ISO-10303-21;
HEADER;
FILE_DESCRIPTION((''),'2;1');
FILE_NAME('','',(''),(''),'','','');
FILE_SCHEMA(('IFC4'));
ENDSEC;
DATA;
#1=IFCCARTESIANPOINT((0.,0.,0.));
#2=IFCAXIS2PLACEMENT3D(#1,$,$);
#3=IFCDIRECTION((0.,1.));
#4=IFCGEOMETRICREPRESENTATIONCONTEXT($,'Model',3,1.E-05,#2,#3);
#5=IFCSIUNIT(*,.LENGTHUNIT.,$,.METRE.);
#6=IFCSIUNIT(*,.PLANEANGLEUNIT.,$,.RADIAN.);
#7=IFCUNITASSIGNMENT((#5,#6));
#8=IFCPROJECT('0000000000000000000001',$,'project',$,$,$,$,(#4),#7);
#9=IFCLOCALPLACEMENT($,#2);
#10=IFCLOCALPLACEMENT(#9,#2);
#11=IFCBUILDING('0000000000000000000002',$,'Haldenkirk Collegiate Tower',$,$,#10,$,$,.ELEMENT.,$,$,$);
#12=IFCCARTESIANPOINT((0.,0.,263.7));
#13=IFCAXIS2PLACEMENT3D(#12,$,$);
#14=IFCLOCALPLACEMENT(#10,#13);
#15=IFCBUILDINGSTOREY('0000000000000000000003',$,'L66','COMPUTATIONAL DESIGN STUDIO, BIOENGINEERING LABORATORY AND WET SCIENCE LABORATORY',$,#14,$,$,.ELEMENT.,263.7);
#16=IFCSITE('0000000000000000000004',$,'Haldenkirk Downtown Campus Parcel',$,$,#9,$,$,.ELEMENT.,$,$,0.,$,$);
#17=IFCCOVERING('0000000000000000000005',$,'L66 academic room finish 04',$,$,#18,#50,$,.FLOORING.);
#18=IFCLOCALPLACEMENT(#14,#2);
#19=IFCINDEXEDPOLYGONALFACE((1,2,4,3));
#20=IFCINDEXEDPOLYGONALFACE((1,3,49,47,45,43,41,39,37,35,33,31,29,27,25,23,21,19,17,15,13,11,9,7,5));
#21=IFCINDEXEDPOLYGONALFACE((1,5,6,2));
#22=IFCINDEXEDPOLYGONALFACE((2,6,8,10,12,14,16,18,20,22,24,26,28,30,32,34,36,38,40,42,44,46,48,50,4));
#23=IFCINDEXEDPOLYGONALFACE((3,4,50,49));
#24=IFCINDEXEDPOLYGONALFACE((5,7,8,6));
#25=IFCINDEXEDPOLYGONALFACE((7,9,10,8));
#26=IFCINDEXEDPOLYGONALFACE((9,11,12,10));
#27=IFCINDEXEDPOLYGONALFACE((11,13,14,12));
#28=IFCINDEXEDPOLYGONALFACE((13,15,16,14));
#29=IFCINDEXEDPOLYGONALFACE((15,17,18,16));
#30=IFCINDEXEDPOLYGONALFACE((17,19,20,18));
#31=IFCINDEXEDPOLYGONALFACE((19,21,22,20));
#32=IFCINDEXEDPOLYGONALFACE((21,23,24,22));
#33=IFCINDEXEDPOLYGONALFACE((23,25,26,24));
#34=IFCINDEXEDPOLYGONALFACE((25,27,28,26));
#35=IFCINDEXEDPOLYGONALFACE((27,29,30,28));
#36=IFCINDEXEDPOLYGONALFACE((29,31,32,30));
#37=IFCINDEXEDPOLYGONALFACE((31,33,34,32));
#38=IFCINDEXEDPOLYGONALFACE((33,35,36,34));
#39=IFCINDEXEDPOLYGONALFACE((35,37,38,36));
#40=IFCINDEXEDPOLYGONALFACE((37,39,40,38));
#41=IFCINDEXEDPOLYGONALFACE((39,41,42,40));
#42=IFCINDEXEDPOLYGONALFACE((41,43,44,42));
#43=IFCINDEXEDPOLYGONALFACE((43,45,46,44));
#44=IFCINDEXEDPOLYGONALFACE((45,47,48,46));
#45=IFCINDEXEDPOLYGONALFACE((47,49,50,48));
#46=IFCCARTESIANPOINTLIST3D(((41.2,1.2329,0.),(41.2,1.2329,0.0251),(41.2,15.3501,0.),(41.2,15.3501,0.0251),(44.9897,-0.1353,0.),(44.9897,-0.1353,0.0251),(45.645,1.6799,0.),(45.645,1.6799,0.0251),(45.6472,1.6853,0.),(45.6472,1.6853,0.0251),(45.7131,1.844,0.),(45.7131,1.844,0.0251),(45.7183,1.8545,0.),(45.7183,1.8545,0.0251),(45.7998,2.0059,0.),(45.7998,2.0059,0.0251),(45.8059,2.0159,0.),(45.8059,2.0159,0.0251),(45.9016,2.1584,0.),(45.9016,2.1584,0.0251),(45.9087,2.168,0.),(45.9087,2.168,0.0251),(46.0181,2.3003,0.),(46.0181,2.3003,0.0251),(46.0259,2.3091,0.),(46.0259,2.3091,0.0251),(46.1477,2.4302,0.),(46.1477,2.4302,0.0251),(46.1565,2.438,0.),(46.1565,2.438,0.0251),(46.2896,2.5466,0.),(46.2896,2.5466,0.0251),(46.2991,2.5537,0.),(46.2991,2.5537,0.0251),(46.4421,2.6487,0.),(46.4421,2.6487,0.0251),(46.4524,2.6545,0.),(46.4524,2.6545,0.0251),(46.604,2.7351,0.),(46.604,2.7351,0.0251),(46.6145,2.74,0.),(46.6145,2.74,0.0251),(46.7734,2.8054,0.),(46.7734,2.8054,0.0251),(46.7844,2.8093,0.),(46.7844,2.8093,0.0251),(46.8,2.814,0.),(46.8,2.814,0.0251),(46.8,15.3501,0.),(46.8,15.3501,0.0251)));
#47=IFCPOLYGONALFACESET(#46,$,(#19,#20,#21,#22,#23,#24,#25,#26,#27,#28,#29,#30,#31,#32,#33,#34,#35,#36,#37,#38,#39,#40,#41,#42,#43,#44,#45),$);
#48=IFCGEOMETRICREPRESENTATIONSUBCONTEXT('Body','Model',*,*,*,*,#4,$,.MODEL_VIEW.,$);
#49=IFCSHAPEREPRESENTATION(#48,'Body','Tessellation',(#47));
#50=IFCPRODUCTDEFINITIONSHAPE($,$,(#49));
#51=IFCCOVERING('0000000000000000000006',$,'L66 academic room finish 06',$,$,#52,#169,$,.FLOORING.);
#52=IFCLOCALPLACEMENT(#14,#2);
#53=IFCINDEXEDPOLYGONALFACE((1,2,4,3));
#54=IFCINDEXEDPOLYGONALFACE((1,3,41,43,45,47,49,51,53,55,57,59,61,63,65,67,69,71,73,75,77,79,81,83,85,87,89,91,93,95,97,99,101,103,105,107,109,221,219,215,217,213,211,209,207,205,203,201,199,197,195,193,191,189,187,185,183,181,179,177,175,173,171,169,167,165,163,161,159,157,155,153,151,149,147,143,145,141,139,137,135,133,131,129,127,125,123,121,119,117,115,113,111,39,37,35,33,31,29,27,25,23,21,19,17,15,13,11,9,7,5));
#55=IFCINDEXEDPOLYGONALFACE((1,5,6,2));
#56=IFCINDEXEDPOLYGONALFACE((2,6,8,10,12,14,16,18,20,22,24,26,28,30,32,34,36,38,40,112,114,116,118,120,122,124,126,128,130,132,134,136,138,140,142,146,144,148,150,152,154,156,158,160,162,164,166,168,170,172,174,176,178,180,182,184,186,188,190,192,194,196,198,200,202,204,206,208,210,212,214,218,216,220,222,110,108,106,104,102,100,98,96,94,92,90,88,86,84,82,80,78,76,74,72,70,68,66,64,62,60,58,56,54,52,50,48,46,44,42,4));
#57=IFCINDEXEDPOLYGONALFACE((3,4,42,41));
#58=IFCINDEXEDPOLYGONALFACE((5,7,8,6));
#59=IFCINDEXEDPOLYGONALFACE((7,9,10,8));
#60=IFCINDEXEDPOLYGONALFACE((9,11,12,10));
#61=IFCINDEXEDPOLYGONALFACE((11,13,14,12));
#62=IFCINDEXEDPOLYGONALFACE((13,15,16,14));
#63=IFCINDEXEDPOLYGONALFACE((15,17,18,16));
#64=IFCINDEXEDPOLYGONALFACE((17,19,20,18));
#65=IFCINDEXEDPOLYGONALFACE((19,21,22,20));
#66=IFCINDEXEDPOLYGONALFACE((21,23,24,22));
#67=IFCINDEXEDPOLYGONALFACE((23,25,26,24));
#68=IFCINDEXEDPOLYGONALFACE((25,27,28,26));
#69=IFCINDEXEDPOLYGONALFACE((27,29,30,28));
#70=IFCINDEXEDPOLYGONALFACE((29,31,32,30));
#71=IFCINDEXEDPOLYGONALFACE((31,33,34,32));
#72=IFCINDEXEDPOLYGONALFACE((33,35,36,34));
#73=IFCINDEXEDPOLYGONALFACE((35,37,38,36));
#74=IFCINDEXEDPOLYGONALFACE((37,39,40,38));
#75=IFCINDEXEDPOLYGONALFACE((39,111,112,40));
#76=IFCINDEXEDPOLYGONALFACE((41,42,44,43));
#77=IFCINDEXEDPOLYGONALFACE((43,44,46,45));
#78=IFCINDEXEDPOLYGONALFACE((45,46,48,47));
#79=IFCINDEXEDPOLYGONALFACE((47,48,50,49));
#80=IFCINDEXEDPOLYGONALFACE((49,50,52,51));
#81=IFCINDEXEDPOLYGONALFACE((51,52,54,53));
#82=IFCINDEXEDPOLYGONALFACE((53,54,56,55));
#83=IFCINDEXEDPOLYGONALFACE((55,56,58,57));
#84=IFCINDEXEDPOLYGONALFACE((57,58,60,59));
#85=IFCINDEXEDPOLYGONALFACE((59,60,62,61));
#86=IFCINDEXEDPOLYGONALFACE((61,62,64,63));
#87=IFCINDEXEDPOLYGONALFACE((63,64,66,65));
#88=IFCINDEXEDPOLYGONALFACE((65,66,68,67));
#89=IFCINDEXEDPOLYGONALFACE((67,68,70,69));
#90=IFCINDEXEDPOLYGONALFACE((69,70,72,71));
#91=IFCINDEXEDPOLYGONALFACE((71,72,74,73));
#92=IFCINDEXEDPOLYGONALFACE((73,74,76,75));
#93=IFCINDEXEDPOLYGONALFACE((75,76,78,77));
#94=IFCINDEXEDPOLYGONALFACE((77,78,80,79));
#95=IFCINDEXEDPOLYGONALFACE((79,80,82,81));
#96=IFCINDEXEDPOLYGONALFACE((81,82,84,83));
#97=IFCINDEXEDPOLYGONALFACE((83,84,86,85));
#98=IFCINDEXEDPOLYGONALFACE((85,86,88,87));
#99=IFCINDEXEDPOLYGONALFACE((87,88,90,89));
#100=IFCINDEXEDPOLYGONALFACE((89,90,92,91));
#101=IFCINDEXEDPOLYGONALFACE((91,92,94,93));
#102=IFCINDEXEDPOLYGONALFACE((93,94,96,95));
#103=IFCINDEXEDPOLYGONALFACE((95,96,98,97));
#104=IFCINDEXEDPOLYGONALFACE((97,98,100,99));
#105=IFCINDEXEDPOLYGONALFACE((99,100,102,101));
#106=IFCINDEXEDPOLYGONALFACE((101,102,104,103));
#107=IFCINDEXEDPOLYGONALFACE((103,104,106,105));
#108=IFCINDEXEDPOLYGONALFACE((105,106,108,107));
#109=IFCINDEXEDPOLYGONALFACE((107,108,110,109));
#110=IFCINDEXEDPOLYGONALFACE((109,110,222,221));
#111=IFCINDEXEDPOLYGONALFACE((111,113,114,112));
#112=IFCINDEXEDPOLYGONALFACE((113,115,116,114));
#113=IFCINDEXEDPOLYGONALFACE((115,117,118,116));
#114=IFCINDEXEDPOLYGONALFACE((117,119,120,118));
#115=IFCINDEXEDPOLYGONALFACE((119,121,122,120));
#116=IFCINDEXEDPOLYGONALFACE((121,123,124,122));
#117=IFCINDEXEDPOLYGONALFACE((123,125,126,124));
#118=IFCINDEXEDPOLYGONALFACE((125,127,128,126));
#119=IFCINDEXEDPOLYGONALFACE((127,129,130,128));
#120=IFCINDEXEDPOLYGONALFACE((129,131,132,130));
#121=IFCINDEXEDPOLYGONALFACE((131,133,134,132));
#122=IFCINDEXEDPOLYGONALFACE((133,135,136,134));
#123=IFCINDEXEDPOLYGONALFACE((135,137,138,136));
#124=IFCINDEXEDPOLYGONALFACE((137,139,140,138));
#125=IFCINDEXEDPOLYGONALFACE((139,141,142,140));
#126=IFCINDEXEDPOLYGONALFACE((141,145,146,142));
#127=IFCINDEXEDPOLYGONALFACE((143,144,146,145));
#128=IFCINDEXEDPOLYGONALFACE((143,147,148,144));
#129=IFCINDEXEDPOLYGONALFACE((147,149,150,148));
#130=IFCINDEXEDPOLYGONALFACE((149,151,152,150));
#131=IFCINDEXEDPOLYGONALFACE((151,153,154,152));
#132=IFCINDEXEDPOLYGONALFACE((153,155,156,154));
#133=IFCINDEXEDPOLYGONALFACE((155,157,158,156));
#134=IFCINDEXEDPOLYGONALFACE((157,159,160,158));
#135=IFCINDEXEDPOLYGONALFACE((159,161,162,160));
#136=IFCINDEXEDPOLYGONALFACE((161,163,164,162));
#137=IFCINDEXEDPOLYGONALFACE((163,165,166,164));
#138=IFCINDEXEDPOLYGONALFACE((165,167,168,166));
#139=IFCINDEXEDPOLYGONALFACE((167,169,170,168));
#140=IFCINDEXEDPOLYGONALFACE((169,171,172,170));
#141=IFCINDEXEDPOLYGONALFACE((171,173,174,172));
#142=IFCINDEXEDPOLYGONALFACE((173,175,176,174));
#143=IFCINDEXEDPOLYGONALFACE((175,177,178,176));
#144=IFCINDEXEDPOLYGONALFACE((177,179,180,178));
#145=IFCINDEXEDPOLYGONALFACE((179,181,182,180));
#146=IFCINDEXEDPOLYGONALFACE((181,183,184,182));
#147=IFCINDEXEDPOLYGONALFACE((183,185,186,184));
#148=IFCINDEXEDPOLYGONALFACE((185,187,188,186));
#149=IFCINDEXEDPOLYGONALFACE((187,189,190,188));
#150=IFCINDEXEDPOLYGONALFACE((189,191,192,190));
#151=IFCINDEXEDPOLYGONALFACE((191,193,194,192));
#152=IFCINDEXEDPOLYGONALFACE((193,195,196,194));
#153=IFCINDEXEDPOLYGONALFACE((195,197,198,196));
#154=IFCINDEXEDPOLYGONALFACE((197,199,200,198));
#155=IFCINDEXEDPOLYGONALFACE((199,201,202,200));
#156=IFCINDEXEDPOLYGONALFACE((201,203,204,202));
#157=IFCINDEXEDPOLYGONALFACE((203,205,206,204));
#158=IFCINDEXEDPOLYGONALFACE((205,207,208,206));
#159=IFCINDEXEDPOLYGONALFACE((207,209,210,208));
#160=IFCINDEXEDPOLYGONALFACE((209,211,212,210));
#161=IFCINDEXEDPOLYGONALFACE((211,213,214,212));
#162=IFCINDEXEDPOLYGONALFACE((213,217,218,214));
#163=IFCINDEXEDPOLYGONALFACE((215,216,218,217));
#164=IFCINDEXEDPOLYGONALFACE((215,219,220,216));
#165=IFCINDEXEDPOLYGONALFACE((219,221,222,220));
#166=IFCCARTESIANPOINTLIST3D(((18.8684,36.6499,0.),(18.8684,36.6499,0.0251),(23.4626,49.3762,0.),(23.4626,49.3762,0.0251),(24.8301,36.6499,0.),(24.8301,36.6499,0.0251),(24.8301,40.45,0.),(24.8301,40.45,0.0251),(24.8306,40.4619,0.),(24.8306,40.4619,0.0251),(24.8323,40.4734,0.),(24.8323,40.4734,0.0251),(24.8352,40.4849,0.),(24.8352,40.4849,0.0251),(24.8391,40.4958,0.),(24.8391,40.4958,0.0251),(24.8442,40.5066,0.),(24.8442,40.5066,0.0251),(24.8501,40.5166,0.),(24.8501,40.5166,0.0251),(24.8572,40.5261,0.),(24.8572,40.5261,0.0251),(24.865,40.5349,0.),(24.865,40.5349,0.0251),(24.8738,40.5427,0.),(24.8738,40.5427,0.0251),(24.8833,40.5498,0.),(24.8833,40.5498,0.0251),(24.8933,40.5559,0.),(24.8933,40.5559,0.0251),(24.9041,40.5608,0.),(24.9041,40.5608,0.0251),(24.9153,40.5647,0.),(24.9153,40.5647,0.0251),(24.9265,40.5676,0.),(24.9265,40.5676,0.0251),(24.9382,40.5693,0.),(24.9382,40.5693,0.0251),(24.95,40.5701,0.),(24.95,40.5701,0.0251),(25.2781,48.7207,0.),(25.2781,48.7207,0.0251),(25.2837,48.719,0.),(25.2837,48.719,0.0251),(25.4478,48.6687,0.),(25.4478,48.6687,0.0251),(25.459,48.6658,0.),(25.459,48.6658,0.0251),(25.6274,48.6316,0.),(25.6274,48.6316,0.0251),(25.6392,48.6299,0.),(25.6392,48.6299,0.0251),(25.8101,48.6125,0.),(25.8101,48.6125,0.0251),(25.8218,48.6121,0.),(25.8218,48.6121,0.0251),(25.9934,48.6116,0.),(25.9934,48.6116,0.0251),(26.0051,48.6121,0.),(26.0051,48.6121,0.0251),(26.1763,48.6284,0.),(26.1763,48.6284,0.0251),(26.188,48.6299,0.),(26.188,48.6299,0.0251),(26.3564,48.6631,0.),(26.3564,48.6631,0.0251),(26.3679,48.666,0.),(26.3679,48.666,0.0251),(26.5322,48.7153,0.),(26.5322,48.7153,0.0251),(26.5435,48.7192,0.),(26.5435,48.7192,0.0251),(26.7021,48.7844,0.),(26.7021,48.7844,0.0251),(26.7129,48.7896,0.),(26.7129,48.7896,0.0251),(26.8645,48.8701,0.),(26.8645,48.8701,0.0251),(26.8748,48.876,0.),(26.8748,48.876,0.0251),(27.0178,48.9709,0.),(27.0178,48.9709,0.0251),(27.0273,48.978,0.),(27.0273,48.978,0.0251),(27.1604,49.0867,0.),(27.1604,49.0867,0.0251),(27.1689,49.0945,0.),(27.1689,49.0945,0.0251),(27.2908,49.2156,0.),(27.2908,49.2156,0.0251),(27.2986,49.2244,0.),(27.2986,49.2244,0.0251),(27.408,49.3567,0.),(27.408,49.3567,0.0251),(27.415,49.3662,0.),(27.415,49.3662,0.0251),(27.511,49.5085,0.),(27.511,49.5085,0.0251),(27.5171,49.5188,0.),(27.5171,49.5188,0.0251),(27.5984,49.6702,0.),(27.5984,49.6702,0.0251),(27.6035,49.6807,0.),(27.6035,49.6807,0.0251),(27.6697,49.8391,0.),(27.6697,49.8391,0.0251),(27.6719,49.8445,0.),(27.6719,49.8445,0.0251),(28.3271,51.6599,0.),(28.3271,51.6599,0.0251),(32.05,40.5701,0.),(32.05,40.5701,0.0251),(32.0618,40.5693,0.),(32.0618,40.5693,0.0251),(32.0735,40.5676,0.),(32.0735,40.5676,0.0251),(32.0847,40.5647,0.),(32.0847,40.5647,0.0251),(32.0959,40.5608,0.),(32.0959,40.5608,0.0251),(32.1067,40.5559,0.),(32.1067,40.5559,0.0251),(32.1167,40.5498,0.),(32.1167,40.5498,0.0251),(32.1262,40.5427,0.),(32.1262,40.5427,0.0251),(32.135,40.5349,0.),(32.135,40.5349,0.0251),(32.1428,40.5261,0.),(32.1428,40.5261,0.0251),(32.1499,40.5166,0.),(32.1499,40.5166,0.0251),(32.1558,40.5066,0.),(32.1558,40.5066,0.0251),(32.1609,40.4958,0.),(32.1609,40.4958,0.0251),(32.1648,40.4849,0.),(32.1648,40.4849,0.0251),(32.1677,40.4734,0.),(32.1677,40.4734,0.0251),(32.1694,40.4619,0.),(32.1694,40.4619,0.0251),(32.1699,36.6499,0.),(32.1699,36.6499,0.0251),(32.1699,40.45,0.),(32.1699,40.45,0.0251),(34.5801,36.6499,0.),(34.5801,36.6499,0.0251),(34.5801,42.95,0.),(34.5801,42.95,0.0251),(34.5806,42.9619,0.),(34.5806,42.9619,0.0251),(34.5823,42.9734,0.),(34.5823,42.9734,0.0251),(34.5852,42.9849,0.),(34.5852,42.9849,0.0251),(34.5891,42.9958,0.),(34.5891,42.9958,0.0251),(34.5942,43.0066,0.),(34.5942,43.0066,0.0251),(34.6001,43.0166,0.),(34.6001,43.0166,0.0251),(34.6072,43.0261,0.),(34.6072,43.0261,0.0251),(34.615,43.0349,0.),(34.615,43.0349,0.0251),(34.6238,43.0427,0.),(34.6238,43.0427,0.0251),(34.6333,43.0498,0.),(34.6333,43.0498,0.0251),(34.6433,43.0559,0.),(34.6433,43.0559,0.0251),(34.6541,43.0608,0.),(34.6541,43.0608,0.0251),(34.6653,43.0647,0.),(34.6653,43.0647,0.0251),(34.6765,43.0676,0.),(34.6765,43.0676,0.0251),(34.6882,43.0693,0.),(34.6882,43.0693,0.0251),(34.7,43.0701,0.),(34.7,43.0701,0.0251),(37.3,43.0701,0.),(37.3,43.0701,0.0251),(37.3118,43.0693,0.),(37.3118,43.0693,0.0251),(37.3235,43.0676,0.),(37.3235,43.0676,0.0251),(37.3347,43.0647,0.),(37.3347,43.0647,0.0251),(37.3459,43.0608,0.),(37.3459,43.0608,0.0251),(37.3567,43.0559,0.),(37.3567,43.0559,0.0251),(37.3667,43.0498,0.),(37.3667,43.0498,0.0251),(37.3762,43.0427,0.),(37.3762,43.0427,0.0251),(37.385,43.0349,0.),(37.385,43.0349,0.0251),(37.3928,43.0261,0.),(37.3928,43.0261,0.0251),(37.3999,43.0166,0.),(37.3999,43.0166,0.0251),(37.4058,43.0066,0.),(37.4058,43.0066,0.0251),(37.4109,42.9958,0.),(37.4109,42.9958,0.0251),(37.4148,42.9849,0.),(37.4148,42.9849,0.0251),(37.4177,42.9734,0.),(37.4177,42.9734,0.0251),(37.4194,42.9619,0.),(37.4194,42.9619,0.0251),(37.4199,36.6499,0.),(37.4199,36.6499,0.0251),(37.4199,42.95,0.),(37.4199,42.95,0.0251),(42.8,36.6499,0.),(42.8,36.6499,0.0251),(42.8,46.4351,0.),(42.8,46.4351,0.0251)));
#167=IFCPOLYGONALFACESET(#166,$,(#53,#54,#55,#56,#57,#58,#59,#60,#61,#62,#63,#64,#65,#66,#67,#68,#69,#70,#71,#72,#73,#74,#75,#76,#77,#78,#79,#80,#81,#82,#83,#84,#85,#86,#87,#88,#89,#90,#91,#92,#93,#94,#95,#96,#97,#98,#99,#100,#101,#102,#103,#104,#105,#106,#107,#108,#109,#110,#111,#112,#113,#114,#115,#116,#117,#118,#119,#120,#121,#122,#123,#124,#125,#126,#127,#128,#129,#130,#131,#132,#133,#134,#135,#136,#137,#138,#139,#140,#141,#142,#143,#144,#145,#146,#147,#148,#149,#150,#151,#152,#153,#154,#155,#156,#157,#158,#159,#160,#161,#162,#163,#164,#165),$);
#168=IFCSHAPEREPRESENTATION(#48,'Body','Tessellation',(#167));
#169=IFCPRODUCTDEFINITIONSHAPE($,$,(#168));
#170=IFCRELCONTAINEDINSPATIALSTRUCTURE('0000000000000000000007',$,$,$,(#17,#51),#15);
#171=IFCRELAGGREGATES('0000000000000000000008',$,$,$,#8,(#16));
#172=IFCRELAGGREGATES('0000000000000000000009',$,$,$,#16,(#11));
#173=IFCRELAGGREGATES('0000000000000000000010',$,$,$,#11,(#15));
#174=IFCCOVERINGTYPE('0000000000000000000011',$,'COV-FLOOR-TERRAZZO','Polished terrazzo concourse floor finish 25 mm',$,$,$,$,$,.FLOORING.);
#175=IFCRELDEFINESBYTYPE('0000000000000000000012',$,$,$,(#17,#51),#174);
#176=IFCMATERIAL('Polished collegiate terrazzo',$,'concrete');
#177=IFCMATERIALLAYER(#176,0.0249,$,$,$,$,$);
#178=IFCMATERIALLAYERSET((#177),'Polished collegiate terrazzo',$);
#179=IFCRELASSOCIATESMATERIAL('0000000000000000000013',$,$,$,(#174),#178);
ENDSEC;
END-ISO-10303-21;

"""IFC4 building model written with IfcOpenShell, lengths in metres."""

from ifc_helpers import new_model, si_unit, direction, frame, origin, place, context, subcontext, project, spatial, polyline, outline, extrude, material, layer, layer_set, type_object, element, save


model = new_model("IFC4")

# Units and contexts
model_context = context("Model", 3, precision=1e-05, world=origin(), true_north=direction((0.0, 1.0)))
body_context = subcontext(model_context, "Body", "Model", "MODEL_VIEW")
ifc_project = project(units=[si_unit("LENGTHUNIT", "METRE"), si_unit("PLANEANGLEUNIT", "RADIAN")], contexts=[model_context])

# Site, building, storey
site_placement = place(None, origin())
site = spatial("IfcSite", under=ifc_project, at=site_placement, Name="Haldenkirk Downtown Campus Parcel", CompositionType="ELEMENT", RefElevation=0.0)
building_placement = place(site_placement, origin())
building = spatial("IfcBuilding", under=site, at=building_placement, Name="Haldenkirk Collegiate Tower", CompositionType="ELEMENT")
storey_placement = place(building_placement, frame((0.0, 0.0, 263.7)))
storey = spatial("IfcBuildingStorey", under=building, at=storey_placement, Name="L66", Description="COMPUTATIONAL DESIGN STUDIO, BIOENGINEERING LABORATORY AND WET SCIENCE LABORATORY", CompositionType="ELEMENT", Elevation=263.7)

# Coverings
ifc_material_1 = material(Name="Polished collegiate terrazzo", Category="concrete")
ifc_layer_1 = layer(ifc_material_1, 0.0249)
ifc_layer_set_1 = layer_set([ifc_layer_1], Name="Polished collegiate terrazzo")
covering_type_1 = type_object("IfcCoveringType", Name="COV-FLOOR-TERRAZZO", Description="Polished terrazzo concourse floor finish 25 mm", PredefinedType="FLOORING", material=ifc_layer_set_1)
covering_1_placement = place(storey_placement, origin())
element("IfcCovering", 1, at=covering_1_placement, inside=storey, type_object=covering_type_1, Name="L66 academic room finish 04", PredefinedType="FLOORING", context=body_context, shape_type="SweptSolid", body=[
    extrude(outline(polyline([(46.7844, 2.8093), (46.7734, 2.8054), (46.6145, 2.74), (46.604, 2.7351), (46.4524, 2.6545), (46.4421, 2.6487), (46.2991, 2.5537), (46.2896, 2.5466), (46.1565, 2.438), (46.1477, 2.4302), (46.0259, 2.3091), (46.0181, 2.3003), (45.9087, 2.168), (45.9016, 2.1584), (45.8059, 2.0159), (45.7998, 2.0059), (45.7183, 1.8545), (45.7131, 1.844), (45.6472, 1.6853), (45.645, 1.6799), (44.9897, -0.1353), (41.2, 1.2329), (41.2, 15.3501), (46.8, 15.3501), (46.8, 2.814), (46.7844, 2.8093)])), origin(), (0.0, 0.0, 1.0), 0.0251),
])
covering_2_placement = place(storey_placement, origin())
element("IfcCovering", 2, at=covering_2_placement, inside=storey, type_object=covering_type_1, Name="L66 academic room finish 06", PredefinedType="FLOORING", context=body_context, shape_type="SweptSolid", body=[
    extrude(outline(polyline([(25.2781, 48.7207), (25.2837, 48.719), (25.4478, 48.6687), (25.459, 48.6658), (25.6274, 48.6316), (25.6392, 48.6299), (25.8101, 48.6125), (25.8218, 48.6121), (25.9934, 48.6116), (26.0051, 48.6121), (26.1763, 48.6284), (26.188, 48.6299), (26.3564, 48.6631), (26.3679, 48.666), (26.5322, 48.7153), (26.5435, 48.7192), (26.7021, 48.7844), (26.7129, 48.7896), (26.8645, 48.8701), (26.8748, 48.876), (27.0178, 48.9709), (27.0273, 48.978), (27.1604, 49.0867), (27.1689, 49.0945), (27.2908, 49.2156), (27.2986, 49.2244), (27.408, 49.3567), (27.415, 49.3662), (27.511, 49.5085), (27.5171, 49.5188), (27.5984, 49.6702), (27.6035, 49.6807), (27.6697, 49.8391), (27.6719, 49.8445), (28.3271, 51.6599), (42.8, 46.4351), (42.8, 36.6499), (37.4199, 36.6499), (37.4199, 42.95), (37.4194, 42.9619), (37.4177, 42.9734), (37.4148, 42.9849), (37.4109, 42.9958), (37.4058, 43.0066), (37.3999, 43.0166), (37.3928, 43.0261), (37.385, 43.0349), (37.3762, 43.0427), (37.3667, 43.0498), (37.3567, 43.0559), (37.3459, 43.0608), (37.3347, 43.0647), (37.3235, 43.0676), (37.3118, 43.0693), (37.3, 43.0701), (34.7, 43.0701), (34.6882, 43.0693), (34.6765, 43.0676), (34.6653, 43.0647), (34.6541, 43.0608), (34.6433, 43.0559), (34.6333, 43.0498), (34.6238, 43.0427), (34.615, 43.0349), (34.6072, 43.0261), (34.6001, 43.0166), (34.5942, 43.0066), (34.5891, 42.9958), (34.5852, 42.9849), (34.5823, 42.9734), (34.5806, 42.9619), (34.5801, 42.95), (34.5801, 36.6499), (32.1699, 36.6499), (32.1699, 40.45), (32.1694, 40.4619), (32.1677, 40.4734), (32.1648, 40.4849), (32.1609, 40.4958), (32.1558, 40.5066), (32.1499, 40.5166), (32.1428, 40.5261), (32.135, 40.5349), (32.1262, 40.5427), (32.1167, 40.5498), (32.1067, 40.5559), (32.0959, 40.5608), (32.0847, 40.5647), (32.0735, 40.5676), (32.0618, 40.5693), (32.05, 40.5701), (24.95, 40.5701), (24.9382, 40.5693), (24.9265, 40.5676), (24.9153, 40.5647), (24.9041, 40.5608), (24.8933, 40.5559), (24.8833, 40.5498), (24.8738, 40.5427), (24.865, 40.5349), (24.8572, 40.5261), (24.8501, 40.5166), (24.8442, 40.5066), (24.8391, 40.4958), (24.8352, 40.4849), (24.8323, 40.4734), (24.8306, 40.4619), (24.8301, 40.45), (24.8301, 36.6499), (18.8684, 36.6499), (23.4626, 49.3762), (25.2781, 48.7207)])), origin(), (0.0, 0.0, 1.0), 0.0251),
])

save(model, "model.ifc")
